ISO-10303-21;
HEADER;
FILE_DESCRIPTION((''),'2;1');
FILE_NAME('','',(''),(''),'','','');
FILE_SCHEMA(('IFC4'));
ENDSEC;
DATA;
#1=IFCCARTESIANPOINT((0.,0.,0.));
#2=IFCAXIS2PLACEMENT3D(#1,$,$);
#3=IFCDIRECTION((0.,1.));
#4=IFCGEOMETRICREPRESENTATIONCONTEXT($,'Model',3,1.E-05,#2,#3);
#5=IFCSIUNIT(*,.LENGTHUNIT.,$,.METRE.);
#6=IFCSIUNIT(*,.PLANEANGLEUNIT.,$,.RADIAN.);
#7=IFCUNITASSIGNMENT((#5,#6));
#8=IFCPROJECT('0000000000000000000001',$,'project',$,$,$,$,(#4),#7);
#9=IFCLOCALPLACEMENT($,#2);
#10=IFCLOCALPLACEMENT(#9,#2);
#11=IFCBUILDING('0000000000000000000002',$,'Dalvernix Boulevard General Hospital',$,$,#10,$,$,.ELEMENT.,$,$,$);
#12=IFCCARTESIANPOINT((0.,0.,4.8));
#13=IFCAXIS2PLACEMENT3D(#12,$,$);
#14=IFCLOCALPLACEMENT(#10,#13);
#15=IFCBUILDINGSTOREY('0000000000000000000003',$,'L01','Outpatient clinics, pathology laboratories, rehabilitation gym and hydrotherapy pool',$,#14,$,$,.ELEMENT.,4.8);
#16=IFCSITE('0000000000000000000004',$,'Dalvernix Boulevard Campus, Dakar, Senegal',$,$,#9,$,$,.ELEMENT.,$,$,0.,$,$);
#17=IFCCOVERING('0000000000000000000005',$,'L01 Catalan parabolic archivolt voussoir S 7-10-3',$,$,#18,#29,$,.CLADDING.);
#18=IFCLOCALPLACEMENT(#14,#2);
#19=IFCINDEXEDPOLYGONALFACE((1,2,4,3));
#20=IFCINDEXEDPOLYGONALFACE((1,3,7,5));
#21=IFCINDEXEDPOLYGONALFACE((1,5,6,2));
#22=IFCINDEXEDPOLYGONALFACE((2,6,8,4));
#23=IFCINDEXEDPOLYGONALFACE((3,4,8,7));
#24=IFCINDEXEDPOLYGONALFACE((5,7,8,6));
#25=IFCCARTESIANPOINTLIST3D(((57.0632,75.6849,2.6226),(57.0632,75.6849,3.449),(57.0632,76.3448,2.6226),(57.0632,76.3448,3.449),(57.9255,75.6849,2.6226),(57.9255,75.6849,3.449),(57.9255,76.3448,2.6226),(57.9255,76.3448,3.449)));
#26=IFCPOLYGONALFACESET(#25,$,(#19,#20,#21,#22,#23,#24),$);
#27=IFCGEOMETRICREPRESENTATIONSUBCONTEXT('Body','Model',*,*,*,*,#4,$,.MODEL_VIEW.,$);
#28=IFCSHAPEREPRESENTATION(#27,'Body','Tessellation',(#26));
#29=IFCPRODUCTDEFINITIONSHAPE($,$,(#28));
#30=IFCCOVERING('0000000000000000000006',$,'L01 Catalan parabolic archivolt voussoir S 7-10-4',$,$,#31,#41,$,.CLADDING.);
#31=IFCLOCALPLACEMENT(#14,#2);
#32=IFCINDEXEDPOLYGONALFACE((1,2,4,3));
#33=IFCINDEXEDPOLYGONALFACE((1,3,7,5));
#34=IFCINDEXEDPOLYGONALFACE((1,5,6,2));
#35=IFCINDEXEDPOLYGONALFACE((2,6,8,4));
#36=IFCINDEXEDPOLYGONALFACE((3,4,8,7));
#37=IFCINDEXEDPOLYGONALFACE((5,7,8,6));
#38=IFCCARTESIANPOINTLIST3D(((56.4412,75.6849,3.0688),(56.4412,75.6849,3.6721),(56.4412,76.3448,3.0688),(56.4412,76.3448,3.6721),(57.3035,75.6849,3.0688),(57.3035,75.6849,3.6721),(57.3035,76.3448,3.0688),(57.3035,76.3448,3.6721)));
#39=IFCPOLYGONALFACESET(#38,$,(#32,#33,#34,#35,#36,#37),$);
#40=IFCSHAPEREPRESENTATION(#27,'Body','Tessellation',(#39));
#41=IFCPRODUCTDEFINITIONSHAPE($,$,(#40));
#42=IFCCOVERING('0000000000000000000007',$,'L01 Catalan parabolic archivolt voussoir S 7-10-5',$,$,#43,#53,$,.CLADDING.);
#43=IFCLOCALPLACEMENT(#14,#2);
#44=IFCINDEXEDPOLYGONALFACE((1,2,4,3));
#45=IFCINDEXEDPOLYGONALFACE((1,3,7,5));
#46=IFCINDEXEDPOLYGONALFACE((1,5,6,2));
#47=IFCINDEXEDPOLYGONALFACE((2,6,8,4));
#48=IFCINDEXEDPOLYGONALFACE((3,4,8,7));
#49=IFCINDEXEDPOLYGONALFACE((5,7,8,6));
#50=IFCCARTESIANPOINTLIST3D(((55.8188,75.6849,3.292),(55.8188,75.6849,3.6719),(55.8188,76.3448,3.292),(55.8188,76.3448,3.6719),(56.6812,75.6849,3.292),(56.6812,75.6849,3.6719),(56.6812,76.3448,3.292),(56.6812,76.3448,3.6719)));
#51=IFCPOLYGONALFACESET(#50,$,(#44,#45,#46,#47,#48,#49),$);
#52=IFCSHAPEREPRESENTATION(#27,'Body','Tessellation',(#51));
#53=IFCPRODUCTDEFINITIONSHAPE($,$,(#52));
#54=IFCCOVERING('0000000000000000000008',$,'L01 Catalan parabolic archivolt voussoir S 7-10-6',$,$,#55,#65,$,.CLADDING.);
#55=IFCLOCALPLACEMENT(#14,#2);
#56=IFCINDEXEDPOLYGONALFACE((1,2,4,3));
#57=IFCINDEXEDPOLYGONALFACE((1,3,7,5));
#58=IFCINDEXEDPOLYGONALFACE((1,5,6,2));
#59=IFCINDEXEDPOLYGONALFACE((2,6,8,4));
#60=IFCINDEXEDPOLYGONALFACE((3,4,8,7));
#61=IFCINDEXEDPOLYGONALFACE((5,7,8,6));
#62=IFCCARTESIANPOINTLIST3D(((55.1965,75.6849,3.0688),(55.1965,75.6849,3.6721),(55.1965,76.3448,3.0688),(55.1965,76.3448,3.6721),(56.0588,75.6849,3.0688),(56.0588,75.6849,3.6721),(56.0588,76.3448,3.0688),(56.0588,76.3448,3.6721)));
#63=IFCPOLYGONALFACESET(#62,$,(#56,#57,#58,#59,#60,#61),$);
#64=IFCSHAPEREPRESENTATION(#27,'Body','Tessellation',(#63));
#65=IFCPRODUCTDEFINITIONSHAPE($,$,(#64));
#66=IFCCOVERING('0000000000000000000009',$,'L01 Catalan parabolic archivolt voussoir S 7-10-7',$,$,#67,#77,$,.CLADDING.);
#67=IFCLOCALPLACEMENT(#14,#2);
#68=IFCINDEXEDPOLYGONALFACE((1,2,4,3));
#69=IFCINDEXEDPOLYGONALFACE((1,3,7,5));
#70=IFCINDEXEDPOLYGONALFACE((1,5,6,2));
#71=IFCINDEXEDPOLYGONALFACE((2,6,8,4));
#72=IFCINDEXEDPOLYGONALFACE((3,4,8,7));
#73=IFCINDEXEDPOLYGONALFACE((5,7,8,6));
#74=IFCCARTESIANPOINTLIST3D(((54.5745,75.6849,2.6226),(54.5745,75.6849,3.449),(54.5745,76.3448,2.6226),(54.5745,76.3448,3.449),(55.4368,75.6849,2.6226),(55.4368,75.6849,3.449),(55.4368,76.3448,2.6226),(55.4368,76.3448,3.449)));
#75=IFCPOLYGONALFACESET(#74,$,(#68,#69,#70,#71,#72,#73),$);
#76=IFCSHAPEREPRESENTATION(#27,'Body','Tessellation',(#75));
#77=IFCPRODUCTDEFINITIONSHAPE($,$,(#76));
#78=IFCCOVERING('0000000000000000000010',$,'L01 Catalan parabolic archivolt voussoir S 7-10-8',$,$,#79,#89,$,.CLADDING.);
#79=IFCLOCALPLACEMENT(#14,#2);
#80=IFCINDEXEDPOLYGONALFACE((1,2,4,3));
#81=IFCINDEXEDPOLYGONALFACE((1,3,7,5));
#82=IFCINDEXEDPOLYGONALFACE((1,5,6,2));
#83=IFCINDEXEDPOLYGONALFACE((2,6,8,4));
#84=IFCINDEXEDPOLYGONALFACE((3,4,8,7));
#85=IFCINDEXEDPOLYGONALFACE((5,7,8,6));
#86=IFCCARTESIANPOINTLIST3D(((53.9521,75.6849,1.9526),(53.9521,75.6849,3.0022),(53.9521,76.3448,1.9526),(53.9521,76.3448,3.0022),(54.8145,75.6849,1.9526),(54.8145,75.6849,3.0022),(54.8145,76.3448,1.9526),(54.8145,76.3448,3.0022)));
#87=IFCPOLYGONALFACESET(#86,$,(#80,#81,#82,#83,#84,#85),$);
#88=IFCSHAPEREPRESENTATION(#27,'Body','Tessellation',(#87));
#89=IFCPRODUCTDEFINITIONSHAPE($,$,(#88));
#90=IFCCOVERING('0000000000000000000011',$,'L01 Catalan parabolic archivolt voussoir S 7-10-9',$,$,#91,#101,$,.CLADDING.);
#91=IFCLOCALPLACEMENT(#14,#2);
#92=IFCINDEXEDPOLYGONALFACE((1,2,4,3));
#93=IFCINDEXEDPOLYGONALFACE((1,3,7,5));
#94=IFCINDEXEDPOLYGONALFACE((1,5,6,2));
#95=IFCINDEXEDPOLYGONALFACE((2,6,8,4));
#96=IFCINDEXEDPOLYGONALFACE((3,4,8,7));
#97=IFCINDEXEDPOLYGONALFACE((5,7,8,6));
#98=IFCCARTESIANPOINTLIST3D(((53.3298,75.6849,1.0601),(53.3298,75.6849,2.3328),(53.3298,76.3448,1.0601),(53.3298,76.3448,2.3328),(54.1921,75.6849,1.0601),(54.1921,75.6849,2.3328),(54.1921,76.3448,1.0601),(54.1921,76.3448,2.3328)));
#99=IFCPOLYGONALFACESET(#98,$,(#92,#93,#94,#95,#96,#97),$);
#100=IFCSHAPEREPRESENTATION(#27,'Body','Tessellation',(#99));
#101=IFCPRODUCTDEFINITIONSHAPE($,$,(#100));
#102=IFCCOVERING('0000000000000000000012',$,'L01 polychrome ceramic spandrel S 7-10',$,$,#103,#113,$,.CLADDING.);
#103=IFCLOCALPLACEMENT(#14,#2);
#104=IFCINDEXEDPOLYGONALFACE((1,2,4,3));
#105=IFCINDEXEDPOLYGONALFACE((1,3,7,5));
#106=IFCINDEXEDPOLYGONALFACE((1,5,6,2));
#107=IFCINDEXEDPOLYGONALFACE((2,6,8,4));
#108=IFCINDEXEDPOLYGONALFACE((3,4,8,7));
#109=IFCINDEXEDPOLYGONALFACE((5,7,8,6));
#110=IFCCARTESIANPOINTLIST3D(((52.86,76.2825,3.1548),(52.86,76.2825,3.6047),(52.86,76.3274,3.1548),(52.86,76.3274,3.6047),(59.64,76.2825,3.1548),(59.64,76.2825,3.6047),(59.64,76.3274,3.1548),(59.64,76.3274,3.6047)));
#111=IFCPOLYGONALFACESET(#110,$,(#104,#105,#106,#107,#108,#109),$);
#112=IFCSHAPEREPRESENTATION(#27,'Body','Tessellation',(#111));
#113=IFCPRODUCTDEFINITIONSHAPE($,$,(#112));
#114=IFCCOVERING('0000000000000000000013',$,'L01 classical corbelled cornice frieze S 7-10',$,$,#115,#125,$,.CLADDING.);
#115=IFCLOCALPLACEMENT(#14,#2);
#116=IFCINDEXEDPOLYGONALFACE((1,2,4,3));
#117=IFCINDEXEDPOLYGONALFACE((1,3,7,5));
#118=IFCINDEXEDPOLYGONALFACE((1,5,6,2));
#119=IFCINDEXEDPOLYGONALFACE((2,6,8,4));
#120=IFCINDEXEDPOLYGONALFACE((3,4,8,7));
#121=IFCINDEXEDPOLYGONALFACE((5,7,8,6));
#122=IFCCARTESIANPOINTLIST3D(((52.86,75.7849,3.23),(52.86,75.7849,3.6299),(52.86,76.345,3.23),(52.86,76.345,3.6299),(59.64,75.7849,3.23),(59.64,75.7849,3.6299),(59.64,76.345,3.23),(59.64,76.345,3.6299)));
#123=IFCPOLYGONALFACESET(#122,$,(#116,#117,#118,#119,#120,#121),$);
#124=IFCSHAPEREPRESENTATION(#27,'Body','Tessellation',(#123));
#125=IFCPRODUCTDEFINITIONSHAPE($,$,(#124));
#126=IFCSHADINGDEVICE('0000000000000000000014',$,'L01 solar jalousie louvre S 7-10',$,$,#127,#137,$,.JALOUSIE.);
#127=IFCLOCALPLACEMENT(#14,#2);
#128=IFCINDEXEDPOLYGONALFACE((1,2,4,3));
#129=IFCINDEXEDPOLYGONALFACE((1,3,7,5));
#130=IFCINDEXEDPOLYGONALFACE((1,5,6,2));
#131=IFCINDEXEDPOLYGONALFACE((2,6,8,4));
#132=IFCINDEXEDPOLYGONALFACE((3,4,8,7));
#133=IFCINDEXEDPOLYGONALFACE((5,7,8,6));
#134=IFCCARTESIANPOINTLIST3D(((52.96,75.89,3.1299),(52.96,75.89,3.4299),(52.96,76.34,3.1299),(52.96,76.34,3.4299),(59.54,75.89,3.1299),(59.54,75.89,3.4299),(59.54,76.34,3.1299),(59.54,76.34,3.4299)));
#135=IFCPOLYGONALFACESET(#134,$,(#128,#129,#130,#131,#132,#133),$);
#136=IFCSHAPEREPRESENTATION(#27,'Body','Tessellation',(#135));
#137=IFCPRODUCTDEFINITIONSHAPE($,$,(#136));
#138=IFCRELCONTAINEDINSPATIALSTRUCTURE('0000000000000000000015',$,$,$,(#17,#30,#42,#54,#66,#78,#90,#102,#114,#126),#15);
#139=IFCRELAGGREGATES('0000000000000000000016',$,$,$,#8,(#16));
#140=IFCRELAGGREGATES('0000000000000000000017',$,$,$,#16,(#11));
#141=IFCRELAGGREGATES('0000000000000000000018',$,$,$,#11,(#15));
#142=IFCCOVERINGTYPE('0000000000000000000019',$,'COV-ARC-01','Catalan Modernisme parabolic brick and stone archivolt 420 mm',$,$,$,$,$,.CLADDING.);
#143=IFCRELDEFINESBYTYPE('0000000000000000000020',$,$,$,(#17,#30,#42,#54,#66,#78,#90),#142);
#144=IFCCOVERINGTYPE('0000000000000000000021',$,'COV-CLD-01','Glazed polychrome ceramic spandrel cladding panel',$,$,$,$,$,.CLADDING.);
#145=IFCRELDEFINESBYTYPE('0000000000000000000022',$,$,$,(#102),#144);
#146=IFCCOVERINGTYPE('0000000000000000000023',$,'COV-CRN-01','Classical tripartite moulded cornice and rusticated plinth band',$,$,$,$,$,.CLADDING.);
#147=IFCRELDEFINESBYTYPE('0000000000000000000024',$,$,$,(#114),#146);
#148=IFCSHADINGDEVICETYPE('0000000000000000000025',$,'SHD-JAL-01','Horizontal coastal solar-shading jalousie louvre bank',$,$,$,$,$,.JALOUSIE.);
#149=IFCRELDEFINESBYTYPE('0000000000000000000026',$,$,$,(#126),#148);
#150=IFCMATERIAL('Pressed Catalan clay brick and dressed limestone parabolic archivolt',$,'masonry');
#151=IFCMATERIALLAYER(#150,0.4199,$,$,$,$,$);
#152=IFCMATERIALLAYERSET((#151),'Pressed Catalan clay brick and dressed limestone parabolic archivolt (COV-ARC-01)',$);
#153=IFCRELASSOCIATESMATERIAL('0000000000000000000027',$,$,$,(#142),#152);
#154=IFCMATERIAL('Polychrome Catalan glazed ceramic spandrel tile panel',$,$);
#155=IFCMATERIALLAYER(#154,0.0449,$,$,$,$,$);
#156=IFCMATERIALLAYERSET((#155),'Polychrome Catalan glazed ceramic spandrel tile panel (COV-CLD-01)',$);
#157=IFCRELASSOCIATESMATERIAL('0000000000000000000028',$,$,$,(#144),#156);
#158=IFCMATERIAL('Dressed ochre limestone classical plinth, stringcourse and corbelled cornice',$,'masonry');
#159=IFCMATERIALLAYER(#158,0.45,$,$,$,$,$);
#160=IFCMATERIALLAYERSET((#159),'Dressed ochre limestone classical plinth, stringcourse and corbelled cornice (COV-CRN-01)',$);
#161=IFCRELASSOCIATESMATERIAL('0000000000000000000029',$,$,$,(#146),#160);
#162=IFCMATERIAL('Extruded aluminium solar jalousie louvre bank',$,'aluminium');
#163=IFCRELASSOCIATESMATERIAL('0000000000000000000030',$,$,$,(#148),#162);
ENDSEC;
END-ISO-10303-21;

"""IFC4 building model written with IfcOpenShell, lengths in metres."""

from ifc_helpers import new_model, si_unit, direction, frame, origin, origin_2d, place, context, subcontext, project, spatial, rectangle, extrude, material, layer, layer_set, type_object, element, save


model = new_model("IFC4")

# Units and contexts
model_context = context("Model", 3, precision=1e-05, world=origin(), true_north=direction((0.0, 1.0)))
body_context = subcontext(model_context, "Body", "Model", "MODEL_VIEW")
ifc_project = project(units=[si_unit("LENGTHUNIT", "METRE"), si_unit("PLANEANGLEUNIT", "RADIAN")], contexts=[model_context])

# Site, building, storey
site_placement = place(None, origin())
site = spatial("IfcSite", under=ifc_project, at=site_placement, Name="Dalvernix Boulevard Campus, Dakar, Senegal", CompositionType="ELEMENT", RefElevation=0.0)
building_placement = place(site_placement, origin())
building = spatial("IfcBuilding", under=site, at=building_placement, Name="Dalvernix Boulevard General Hospital", CompositionType="ELEMENT")
storey_placement = place(building_placement, frame((0.0, 0.0, 4.8)))
storey = spatial("IfcBuildingStorey", under=building, at=storey_placement, Name="L01", Description="Outpatient clinics, pathology laboratories, rehabilitation gym and hydrotherapy pool", CompositionType="ELEMENT", Elevation=4.8)

# Coverings
ifc_material_1 = material(Name="Pressed Catalan clay brick and dressed limestone parabolic archivolt", Category="masonry")
ifc_layer_1 = layer(ifc_material_1, 0.4199)
ifc_layer_set_1 = layer_set([ifc_layer_1], Name="Pressed Catalan clay brick and dressed limestone parabolic archivolt (COV-ARC-01)")
covering_type_1 = type_object("IfcCoveringType", Name="COV-ARC-01", Description="Catalan Modernisme parabolic brick and stone archivolt 420 mm", PredefinedType="CLADDING", material=ifc_layer_set_1)
covering_1_placement = place(storey_placement, frame((57.4944, 76.0149, 2.6226), z_axis=(0.0, 0.0, 1.0), x_axis=(-1.0, 0.0, 0.0)))
element("IfcCovering", 1, at=covering_1_placement, inside=storey, type_object=covering_type_1, Name="L01 Catalan parabolic archivolt voussoir S 7-10-3", PredefinedType="CLADDING", context=body_context, shape_type="SweptSolid", body=[
    extrude(rectangle(XDim=0.8623, YDim=0.6599, at=origin_2d()), origin(), (0.0, 0.0, 1.0), 0.8264),
])
covering_2_placement = place(storey_placement, frame((56.8723, 76.0149, 3.0688), z_axis=(0.0, 0.0, 1.0), x_axis=(-1.0, 0.0, 0.0)))
element("IfcCovering", 2, at=covering_2_placement, inside=storey, type_object=covering_type_1, Name="L01 Catalan parabolic archivolt voussoir S 7-10-4", PredefinedType="CLADDING", context=body_context, shape_type="SweptSolid", body=[
    extrude(rectangle(XDim=0.8623, YDim=0.6599, at=origin_2d()), origin(), (0.0, 0.0, 1.0), 0.6033),
])
covering_3_placement = place(storey_placement, frame((56.25, 76.0149, 3.292), z_axis=(0.0, 0.0, 1.0), x_axis=(-1.0, 0.0, 0.0)))
element("IfcCovering", 3, at=covering_3_placement, inside=storey, type_object=covering_type_1, Name="L01 Catalan parabolic archivolt voussoir S 7-10-5", PredefinedType="CLADDING", context=body_context, shape_type="SweptSolid", body=[
    extrude(rectangle(XDim=0.8623, YDim=0.6599, at=origin_2d()), origin(), (0.0, 0.0, 1.0), 0.3799),
])
covering_4_placement = place(storey_placement, frame((55.6277, 76.0149, 3.0688), z_axis=(0.0, 0.0, 1.0), x_axis=(-1.0, 0.0, 0.0)))
element("IfcCovering", 4, at=covering_4_placement, inside=storey, type_object=covering_type_1, Name="L01 Catalan parabolic archivolt voussoir S 7-10-6", PredefinedType="CLADDING", context=body_context, shape_type="SweptSolid", body=[
    extrude(rectangle(XDim=0.8623, YDim=0.6599, at=origin_2d()), origin(), (0.0, 0.0, 1.0), 0.6033),
])
covering_5_placement = place(storey_placement, frame((55.0056, 76.0149, 2.6226), z_axis=(0.0, 0.0, 1.0), x_axis=(-1.0, 0.0, 0.0)))
element("IfcCovering", 5, at=covering_5_placement, inside=storey, type_object=covering_type_1, Name="L01 Catalan parabolic archivolt voussoir S 7-10-7", PredefinedType="CLADDING", context=body_context, shape_type="SweptSolid", body=[
    extrude(rectangle(XDim=0.8623, YDim=0.6599, at=origin_2d()), origin(), (0.0, 0.0, 1.0), 0.8264),
])
covering_6_placement = place(storey_placement, frame((54.3833, 76.0149, 1.9526), z_axis=(0.0, 0.0, 1.0), x_axis=(-1.0, 0.0, 0.0)))
element("IfcCovering", 6, at=covering_6_placement, inside=storey, type_object=covering_type_1, Name="L01 Catalan parabolic archivolt voussoir S 7-10-8", PredefinedType="CLADDING", context=body_context, shape_type="SweptSolid", body=[
    extrude(rectangle(XDim=0.8623, YDim=0.6599, at=origin_2d()), origin(), (0.0, 0.0, 1.0), 1.0496),
])
covering_7_placement = place(storey_placement, frame((53.761, 76.0149, 1.0601), z_axis=(0.0, 0.0, 1.0), x_axis=(-1.0, 0.0, 0.0)))
element("IfcCovering", 7, at=covering_7_placement, inside=storey, type_object=covering_type_1, Name="L01 Catalan parabolic archivolt voussoir S 7-10-9", PredefinedType="CLADDING", context=body_context, shape_type="SweptSolid", body=[
    extrude(rectangle(XDim=0.8623, YDim=0.6599, at=origin_2d()), origin(), (0.0, 0.0, 1.0), 1.2727),
])
ifc_material_2 = material(Name="Polychrome Catalan glazed ceramic spandrel tile panel")
ifc_layer_2 = layer(ifc_material_2, 0.0449)
ifc_layer_set_2 = layer_set([ifc_layer_2], Name="Polychrome Catalan glazed ceramic spandrel tile panel (COV-CLD-01)")
covering_type_2 = type_object("IfcCoveringType", Name="COV-CLD-01", Description="Glazed polychrome ceramic spandrel cladding panel", PredefinedType="CLADDING", material=ifc_layer_set_2)
covering_8_placement = place(storey_placement, frame((56.25, 76.3049, 3.1548), z_axis=(0.0, 0.0, 1.0), x_axis=(-1.0, 0.0, 0.0)))
element("IfcCovering", 8, at=covering_8_placement, inside=storey, type_object=covering_type_2, Name="L01 polychrome ceramic spandrel S 7-10", PredefinedType="CLADDING", context=body_context, shape_type="SweptSolid", body=[
    extrude(rectangle(XDim=6.78, YDim=0.0449, at=origin_2d()), origin(), (0.0, 0.0, 1.0), 0.45),
])
ifc_material_3 = material(Name="Dressed ochre limestone classical plinth, stringcourse and corbelled cornice", Category="masonry")
ifc_layer_3 = layer(ifc_material_3, 0.45)
ifc_layer_set_3 = layer_set([ifc_layer_3], Name="Dressed ochre limestone classical plinth, stringcourse and corbelled cornice (COV-CRN-01)")
covering_type_3 = type_object("IfcCoveringType", Name="COV-CRN-01", Description="Classical tripartite moulded cornice and rusticated plinth band", PredefinedType="CLADDING", material=ifc_layer_set_3)
covering_9_placement = place(storey_placement, frame((56.25, 76.0649, 3.23), z_axis=(0.0, 0.0, 1.0), x_axis=(-1.0, 0.0, 0.0)))
element("IfcCovering", 9, at=covering_9_placement, inside=storey, type_object=covering_type_3, Name="L01 classical corbelled cornice frieze S 7-10", PredefinedType="CLADDING", context=body_context, shape_type="SweptSolid", body=[
    extrude(rectangle(XDim=6.78, YDim=0.5601, at=origin_2d()), origin(), (0.0, 0.0, 1.0), 0.3999),
])

# Shading device
ifc_material_4 = material(Name="Extruded aluminium solar jalousie louvre bank", Category="aluminium")
shading_device_type = type_object("IfcShadingDeviceType", Name="SHD-JAL-01", Description="Horizontal coastal solar-shading jalousie louvre bank", PredefinedType="JALOUSIE", material=ifc_material_4)
shading_device_placement = place(storey_placement, frame((56.25, 76.115, 3.1299), z_axis=(0.0, 0.0, 1.0), x_axis=(-1.0, 0.0, 0.0)))
element("IfcShadingDevice", 10, at=shading_device_placement, inside=storey, type_object=shading_device_type, Name="L01 solar jalousie louvre S 7-10", PredefinedType="JALOUSIE", context=body_context, shape_type="SweptSolid", body=[
    extrude(rectangle(XDim=6.5801, YDim=0.45, at=origin_2d()), origin(), (0.0, 0.0, 1.0), 0.3),
])

save(model, "model.ifc")
